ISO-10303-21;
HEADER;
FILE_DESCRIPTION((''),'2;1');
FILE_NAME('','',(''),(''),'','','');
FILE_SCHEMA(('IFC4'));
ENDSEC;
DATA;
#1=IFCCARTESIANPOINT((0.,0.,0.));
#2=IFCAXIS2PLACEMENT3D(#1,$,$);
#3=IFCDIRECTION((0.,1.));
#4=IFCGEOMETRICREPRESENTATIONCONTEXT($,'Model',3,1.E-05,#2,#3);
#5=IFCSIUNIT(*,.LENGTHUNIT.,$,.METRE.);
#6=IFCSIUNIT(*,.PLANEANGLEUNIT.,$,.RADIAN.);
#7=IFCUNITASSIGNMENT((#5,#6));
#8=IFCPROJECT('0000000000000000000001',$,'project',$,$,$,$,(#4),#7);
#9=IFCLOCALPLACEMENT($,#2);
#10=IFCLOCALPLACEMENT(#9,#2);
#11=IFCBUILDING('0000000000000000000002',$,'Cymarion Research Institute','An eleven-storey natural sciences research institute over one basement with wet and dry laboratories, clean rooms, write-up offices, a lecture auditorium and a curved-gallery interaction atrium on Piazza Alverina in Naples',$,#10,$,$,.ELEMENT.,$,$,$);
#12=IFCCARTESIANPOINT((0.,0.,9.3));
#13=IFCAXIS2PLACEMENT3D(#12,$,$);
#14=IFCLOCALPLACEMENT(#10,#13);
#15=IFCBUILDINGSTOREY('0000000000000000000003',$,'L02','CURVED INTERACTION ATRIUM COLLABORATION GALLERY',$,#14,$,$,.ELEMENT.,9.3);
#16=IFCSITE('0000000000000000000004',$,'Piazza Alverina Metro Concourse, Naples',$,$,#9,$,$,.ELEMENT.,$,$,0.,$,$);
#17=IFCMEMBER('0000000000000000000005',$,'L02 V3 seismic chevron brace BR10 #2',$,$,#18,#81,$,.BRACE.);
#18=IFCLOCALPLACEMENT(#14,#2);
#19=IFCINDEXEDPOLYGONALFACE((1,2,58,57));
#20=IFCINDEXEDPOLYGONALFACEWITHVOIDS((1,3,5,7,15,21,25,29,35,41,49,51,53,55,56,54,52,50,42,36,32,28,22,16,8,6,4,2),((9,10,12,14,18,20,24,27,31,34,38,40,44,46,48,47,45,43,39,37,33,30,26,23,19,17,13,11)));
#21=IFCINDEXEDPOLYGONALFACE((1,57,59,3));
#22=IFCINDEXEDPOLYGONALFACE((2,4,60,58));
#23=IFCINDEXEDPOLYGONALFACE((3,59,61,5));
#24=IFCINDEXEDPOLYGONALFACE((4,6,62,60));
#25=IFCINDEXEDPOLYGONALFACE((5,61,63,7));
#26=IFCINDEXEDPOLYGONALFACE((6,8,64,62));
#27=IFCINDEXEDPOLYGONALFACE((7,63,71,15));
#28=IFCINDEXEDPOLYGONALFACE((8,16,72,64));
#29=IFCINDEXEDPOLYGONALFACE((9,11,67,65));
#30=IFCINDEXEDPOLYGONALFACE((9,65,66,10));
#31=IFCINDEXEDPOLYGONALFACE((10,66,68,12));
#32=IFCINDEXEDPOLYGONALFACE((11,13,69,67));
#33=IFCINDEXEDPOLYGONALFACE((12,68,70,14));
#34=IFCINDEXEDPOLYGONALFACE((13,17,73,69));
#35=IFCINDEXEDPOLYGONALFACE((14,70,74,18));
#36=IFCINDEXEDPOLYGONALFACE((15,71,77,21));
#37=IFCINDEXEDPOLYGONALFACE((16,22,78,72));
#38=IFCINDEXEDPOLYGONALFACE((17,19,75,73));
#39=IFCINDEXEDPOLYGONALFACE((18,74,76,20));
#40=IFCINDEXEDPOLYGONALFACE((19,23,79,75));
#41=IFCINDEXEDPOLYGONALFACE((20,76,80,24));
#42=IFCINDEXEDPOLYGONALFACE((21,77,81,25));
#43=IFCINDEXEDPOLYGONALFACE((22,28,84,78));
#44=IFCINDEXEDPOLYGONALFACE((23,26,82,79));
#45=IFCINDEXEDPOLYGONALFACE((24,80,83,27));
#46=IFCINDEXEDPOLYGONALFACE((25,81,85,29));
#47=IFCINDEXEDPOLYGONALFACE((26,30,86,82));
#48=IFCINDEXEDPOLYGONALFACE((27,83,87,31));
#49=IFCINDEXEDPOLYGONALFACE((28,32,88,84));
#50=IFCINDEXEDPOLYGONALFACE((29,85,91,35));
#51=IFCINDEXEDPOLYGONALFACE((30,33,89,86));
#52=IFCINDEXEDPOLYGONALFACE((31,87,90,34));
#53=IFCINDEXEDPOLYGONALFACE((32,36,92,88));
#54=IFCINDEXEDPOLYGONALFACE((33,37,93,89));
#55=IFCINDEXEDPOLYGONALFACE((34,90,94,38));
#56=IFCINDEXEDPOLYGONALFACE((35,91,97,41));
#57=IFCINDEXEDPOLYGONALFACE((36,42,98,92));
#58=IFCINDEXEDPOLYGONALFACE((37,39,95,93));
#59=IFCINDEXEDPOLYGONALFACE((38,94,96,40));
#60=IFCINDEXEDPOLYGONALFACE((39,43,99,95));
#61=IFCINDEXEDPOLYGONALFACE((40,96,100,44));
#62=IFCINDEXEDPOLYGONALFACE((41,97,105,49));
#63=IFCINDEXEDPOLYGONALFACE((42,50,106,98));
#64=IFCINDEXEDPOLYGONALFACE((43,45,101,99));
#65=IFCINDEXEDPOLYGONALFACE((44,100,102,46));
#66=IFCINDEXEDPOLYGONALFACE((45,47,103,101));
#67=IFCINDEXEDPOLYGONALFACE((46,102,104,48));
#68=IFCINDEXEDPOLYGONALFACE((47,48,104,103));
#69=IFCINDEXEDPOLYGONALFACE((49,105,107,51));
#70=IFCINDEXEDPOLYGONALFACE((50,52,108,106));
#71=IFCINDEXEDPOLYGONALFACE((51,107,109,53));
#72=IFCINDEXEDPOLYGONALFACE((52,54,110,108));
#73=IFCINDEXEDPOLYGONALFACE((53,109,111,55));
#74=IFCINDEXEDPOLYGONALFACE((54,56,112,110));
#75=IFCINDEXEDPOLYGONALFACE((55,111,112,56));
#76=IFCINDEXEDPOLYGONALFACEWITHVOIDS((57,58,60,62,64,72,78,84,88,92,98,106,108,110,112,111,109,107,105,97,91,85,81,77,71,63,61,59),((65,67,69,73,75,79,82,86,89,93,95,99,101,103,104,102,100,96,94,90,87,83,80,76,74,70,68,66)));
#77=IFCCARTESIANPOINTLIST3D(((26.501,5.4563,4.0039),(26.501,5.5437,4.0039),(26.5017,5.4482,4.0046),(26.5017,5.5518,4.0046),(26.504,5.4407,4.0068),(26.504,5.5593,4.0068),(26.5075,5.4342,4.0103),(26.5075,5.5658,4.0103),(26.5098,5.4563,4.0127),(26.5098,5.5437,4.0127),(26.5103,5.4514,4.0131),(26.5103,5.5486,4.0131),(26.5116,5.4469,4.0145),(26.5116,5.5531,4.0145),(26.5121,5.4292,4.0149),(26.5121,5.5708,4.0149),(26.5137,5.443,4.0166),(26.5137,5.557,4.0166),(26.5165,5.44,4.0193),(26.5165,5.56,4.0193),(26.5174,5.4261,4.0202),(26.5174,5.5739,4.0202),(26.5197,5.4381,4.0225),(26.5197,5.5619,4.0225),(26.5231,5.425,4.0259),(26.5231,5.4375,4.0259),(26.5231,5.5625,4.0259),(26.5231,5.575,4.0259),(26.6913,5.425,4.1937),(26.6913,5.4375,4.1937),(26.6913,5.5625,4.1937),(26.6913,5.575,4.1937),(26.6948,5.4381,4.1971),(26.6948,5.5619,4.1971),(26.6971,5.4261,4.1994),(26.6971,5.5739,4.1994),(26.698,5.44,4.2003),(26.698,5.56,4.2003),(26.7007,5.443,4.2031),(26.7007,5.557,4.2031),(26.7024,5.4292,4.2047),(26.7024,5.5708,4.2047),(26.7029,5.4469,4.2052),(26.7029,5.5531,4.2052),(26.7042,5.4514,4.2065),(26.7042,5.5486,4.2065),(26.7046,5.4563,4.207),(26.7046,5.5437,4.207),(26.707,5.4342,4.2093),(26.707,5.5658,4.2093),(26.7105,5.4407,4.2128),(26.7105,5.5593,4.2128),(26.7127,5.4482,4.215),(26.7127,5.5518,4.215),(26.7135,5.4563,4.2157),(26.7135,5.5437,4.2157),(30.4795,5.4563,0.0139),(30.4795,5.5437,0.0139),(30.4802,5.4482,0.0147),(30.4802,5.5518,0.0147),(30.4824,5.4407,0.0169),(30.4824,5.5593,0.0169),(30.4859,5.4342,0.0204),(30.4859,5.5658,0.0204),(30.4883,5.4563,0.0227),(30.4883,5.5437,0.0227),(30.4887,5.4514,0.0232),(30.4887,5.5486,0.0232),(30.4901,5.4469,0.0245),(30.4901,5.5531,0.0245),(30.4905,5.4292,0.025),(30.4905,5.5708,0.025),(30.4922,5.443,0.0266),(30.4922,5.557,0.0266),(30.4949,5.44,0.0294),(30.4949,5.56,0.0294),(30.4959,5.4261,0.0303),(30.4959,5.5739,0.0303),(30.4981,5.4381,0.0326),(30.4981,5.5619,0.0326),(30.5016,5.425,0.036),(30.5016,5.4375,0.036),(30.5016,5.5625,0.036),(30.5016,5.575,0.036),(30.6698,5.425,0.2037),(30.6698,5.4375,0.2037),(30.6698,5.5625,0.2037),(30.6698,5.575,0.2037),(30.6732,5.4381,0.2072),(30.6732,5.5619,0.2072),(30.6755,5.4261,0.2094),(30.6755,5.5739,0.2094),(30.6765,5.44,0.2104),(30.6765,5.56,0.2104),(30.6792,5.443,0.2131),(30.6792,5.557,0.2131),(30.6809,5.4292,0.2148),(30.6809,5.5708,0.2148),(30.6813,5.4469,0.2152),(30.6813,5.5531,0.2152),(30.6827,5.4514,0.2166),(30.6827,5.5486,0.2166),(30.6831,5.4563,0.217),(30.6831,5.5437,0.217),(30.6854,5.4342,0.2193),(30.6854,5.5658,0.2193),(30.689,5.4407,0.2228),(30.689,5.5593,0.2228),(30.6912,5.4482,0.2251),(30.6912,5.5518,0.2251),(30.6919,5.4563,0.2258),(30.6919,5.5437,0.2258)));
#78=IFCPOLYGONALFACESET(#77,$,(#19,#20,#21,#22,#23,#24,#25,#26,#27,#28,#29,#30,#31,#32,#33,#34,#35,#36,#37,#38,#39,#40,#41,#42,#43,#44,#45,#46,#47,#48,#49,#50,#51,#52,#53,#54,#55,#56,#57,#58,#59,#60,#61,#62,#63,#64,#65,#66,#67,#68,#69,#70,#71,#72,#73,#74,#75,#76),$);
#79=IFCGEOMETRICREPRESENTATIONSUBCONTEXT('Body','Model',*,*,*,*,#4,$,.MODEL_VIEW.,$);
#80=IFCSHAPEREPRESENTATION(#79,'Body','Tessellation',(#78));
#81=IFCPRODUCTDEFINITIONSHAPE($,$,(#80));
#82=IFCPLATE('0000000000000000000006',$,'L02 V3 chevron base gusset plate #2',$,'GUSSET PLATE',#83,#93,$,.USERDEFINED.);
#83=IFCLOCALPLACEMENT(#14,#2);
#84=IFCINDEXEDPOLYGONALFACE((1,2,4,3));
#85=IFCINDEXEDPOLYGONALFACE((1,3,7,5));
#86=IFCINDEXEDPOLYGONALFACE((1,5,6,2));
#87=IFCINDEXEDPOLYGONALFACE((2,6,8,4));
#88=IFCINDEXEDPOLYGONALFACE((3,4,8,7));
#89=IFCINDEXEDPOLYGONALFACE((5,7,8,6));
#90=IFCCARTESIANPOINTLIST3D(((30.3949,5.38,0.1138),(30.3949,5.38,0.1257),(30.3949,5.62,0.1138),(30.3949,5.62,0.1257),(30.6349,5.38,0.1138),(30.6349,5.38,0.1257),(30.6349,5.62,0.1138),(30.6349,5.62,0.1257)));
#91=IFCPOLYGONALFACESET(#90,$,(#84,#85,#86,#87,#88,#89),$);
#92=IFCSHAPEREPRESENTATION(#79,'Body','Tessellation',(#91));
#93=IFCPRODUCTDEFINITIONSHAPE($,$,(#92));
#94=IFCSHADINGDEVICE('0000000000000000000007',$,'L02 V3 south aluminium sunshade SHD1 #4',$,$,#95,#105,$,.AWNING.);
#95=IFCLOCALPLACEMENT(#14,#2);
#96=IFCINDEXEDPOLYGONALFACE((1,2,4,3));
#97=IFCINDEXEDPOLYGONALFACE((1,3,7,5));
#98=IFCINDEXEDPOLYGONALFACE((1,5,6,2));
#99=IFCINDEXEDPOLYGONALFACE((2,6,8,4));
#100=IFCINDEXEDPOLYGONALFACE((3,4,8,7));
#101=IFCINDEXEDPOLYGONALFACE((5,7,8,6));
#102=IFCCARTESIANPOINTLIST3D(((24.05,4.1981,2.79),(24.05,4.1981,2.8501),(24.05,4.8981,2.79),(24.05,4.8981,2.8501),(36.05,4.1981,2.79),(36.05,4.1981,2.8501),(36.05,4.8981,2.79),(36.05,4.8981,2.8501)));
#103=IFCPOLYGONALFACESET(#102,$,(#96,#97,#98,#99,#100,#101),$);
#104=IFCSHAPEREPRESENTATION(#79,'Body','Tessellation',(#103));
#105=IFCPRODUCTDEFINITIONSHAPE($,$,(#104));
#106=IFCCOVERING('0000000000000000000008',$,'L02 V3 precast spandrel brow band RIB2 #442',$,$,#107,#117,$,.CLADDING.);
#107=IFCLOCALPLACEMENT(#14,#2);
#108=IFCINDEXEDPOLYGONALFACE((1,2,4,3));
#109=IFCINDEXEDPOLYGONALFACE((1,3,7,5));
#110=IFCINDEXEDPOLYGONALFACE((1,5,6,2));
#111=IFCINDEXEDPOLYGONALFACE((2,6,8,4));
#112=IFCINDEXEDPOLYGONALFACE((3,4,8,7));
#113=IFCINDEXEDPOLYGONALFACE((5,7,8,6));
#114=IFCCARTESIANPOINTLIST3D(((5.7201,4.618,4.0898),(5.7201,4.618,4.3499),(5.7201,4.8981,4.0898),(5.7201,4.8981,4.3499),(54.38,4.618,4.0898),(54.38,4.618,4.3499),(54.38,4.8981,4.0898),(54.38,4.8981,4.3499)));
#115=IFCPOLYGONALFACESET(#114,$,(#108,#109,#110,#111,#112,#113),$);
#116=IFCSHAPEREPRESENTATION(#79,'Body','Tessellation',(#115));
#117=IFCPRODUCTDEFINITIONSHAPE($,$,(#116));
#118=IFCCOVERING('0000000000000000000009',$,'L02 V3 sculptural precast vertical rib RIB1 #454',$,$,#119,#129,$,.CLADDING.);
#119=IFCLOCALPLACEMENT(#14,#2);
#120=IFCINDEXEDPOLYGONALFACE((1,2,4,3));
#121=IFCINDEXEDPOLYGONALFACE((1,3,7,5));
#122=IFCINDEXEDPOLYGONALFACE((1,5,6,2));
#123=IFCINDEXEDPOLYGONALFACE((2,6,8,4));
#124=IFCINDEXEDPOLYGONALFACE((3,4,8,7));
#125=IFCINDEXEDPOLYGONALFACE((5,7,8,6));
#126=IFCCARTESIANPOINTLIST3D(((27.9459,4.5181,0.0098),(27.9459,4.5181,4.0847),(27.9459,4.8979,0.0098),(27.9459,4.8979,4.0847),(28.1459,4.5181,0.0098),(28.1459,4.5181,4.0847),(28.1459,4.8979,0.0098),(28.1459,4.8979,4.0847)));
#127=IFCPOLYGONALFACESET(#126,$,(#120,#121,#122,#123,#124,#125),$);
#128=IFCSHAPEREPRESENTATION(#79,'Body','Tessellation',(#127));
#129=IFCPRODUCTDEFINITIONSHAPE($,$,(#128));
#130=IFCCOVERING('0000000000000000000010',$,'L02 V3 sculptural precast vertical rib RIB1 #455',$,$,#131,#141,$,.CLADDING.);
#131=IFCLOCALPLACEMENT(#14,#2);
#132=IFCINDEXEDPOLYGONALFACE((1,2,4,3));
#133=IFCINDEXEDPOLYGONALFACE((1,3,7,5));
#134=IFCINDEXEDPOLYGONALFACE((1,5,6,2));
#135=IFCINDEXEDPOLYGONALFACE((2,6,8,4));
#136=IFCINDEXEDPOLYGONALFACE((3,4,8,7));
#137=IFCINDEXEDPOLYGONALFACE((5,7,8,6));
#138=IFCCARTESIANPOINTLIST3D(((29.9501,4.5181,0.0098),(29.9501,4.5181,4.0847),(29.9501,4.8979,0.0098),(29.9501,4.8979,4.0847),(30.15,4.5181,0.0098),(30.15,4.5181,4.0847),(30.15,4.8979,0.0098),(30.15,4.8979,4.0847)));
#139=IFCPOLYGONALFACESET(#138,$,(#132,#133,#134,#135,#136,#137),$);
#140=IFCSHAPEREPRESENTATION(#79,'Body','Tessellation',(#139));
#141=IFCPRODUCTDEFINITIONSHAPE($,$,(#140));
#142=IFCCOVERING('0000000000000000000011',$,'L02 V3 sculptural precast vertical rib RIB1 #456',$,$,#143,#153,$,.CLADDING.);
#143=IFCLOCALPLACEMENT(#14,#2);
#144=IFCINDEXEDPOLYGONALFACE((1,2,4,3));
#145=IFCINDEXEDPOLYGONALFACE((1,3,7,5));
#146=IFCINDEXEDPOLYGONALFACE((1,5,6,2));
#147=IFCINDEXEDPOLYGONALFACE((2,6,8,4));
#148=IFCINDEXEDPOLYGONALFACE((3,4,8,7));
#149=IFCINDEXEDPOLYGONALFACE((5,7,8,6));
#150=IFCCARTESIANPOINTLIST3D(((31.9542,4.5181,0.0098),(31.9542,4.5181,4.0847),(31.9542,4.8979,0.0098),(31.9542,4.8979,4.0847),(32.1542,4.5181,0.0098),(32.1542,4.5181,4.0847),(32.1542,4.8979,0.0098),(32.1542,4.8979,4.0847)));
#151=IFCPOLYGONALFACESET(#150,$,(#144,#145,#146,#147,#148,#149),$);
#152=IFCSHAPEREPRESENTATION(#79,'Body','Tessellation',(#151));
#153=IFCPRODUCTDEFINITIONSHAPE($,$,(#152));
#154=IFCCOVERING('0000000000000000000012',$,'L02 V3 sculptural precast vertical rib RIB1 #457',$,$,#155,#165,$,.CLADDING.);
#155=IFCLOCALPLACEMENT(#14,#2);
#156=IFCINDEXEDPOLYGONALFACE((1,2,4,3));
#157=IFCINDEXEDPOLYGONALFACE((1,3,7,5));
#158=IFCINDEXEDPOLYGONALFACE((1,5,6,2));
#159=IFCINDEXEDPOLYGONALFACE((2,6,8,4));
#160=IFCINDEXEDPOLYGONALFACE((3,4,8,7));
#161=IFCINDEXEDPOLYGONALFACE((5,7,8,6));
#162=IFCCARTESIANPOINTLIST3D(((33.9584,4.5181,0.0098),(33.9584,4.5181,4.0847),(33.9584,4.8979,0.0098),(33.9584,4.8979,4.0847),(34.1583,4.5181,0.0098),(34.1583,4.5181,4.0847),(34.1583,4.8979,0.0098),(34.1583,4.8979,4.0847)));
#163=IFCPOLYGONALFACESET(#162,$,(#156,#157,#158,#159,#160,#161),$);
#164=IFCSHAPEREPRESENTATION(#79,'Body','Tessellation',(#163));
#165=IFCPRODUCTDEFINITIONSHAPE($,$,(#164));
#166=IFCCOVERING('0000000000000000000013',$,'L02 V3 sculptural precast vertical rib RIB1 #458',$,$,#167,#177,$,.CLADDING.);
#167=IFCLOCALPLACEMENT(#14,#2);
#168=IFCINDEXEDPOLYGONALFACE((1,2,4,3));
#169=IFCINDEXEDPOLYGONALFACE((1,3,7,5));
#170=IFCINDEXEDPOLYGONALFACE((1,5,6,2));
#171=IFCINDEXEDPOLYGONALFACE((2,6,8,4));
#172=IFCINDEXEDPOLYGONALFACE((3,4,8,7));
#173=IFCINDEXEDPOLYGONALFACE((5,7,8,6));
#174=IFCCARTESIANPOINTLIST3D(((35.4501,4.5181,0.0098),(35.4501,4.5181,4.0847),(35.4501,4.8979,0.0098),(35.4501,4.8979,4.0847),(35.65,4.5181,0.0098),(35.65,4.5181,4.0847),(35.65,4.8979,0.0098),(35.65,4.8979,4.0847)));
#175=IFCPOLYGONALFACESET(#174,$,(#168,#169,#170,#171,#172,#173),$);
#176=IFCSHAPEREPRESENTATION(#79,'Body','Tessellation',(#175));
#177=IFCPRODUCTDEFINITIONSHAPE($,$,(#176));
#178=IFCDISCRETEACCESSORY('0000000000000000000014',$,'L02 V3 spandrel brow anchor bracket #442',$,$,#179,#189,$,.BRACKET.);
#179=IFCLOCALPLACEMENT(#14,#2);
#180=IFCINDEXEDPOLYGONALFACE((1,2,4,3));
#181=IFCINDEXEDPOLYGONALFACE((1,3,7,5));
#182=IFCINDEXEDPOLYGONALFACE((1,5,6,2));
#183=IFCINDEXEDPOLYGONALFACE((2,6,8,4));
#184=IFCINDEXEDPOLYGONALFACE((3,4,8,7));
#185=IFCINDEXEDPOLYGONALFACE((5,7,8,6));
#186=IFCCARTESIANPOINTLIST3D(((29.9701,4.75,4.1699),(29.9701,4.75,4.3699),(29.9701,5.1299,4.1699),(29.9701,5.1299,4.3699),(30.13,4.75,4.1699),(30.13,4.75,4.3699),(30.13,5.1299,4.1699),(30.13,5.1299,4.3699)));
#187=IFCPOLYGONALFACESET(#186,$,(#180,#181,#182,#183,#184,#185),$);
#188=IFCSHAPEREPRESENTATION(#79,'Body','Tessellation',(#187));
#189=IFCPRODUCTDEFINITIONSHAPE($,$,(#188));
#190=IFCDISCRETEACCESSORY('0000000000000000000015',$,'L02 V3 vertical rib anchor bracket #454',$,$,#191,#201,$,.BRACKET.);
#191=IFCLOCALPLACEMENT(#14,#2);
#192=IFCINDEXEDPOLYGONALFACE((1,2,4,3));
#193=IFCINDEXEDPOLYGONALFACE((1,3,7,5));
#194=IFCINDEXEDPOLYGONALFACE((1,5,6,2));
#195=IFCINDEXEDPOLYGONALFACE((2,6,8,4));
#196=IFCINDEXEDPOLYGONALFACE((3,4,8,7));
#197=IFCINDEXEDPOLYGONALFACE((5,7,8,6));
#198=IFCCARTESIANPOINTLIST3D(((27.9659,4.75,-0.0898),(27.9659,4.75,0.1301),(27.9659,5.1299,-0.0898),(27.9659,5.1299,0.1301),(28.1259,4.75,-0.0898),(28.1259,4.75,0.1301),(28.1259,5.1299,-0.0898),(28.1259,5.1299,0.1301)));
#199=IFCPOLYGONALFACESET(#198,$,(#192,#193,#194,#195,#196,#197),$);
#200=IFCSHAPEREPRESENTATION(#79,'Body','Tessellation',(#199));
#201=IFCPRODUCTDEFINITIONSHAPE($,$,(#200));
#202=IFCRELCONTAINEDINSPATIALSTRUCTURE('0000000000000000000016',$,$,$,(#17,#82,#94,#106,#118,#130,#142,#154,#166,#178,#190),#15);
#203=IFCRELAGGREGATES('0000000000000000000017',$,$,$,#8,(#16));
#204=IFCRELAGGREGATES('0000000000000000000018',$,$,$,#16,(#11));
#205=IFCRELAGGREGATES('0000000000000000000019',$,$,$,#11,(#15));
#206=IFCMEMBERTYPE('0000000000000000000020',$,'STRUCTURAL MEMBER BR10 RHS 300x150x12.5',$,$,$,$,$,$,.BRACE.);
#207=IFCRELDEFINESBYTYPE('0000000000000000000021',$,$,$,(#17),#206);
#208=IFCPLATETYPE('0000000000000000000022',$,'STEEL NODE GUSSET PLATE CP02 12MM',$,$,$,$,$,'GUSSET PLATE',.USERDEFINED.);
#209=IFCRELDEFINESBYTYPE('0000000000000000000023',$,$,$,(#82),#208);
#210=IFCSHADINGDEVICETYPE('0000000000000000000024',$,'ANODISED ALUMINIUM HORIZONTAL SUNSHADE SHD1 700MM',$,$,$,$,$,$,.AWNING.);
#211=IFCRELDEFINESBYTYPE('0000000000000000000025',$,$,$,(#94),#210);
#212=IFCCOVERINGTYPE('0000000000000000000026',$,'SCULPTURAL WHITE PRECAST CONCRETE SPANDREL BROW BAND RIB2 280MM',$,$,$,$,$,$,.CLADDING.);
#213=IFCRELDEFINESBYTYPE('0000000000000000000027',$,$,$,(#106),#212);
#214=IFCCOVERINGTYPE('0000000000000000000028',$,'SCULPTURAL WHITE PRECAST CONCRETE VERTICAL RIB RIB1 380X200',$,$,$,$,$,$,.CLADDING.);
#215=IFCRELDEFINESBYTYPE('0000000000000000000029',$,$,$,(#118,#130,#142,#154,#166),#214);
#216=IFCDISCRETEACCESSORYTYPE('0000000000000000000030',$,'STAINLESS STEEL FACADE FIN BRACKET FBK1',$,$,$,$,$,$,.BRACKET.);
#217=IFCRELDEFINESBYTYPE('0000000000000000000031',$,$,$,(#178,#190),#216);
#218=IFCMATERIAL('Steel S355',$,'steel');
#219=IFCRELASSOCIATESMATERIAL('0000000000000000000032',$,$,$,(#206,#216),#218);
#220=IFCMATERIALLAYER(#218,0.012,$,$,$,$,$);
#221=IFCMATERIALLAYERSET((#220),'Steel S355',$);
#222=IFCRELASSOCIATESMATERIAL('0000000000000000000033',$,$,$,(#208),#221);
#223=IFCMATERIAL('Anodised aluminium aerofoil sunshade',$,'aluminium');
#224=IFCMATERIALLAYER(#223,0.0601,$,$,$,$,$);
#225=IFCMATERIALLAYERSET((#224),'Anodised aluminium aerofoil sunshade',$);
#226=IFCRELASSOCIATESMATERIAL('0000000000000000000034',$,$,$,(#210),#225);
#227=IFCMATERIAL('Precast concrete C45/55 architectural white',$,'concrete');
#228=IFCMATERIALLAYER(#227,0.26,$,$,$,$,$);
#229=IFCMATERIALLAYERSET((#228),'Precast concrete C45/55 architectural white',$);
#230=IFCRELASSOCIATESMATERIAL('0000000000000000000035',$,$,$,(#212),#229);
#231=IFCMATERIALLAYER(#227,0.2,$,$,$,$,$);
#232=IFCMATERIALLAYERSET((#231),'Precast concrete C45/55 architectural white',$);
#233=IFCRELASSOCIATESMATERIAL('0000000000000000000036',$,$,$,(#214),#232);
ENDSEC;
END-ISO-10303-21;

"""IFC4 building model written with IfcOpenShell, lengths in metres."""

from ifc_helpers import new_model, si_unit, direction, frame, origin, origin_2d, place, context, subcontext, project, spatial, rectangle, hollow_rectangle, extrude, material, layer, layer_set, material_profile, profile_set, type_object, element, save


model = new_model("IFC4")

# Units and contexts
model_context = context("Model", 3, precision=1e-05, world=origin(), true_north=direction((0.0, 1.0)))
body_context = subcontext(model_context, "Body", "Model", "MODEL_VIEW")
ifc_project = project(units=[si_unit("LENGTHUNIT", "METRE"), si_unit("PLANEANGLEUNIT", "RADIAN")], contexts=[model_context])

# Site, building, storey
site_placement = place(None, origin())
site = spatial("IfcSite", under=ifc_project, at=site_placement, Name="Piazza Alverina Metro Concourse, Naples", CompositionType="ELEMENT", RefElevation=0.0)
building_placement = place(site_placement, origin())
building = spatial("IfcBuilding", under=site, at=building_placement, Name="Cymarion Research Institute", Description="An eleven-storey natural sciences research institute over one basement with wet and dry laboratories, clean rooms, write-up offices, a lecture auditorium and a curved-gallery interaction atrium on Piazza Alverina in Naples", CompositionType="ELEMENT")
storey_placement = place(building_placement, frame((0.0, 0.0, 9.3)))
storey = spatial("IfcBuildingStorey", under=building, at=storey_placement, Name="L02", Description="CURVED INTERACTION ATRIUM COLLABORATION GALLERY", CompositionType="ELEMENT", Elevation=9.3)

# Shared definitions
ifc_material_1 = material(Name="Steel S355", Category="steel")

# Member
ifc_material_profile_1 = material_profile(ifc_material_1, hollow_rectangle(XDim=0.1499, YDim=0.3, WallThickness=0.0125, InnerFilletRadius=0.0188, OuterFilletRadius=0.0312, at=origin_2d()), Name="RHS 300x150x12.5")
ifc_profile_set_1 = profile_set([ifc_material_profile_1], Name="Steel S355")
member_type = type_object("IfcMemberType", Name="STRUCTURAL MEMBER BR10 RHS 300x150x12.5", PredefinedType="BRACE", material=ifc_profile_set_1)
member_placement = place(storey_placement, frame((30.5857, 5.5, 0.1199), z_axis=(-0.706088, 0.0, 0.708124), x_axis=(0.0, -1.0, 0.0)))
element("IfcMember", 1, at=member_placement, inside=storey, type_object=member_type, Name="L02 V3 seismic chevron brace BR10 #2", PredefinedType="BRACE", context=body_context, shape_type="SweptSolid", body=[
    extrude(hollow_rectangle(XDim=0.1499, YDim=0.3, WallThickness=0.0125, InnerFilletRadius=0.0188, OuterFilletRadius=0.0312, at=origin_2d()), origin(), (0.0, 0.0, 1.0), 5.6345),
])

# Plate
ifc_layer_1 = layer(ifc_material_1, 0.012)
ifc_layer_set_1 = layer_set([ifc_layer_1], Name="Steel S355")
plate_type = type_object("IfcPlateType", Name="STEEL NODE GUSSET PLATE CP02 12MM", ElementType="GUSSET PLATE", PredefinedType="USERDEFINED", material=ifc_layer_set_1)
plate_placement = place(storey_placement, frame((30.5149, 5.5, 0.1138), z_axis=(0.0, 0.0, 1.0), x_axis=(1.0, 0.0, 0.0)))
element("IfcPlate", 2, at=plate_placement, inside=storey, type_object=plate_type, Name="L02 V3 chevron base gusset plate #2", ObjectType="GUSSET PLATE", PredefinedType="USERDEFINED", context=body_context, shape_type="SweptSolid", body=[
    extrude(rectangle(XDim=0.24, YDim=0.24, at=origin_2d()), origin(), (0.0, 0.0, 1.0), 0.012),
])

# Shading device
ifc_material_2 = material(Name="Anodised aluminium aerofoil sunshade", Category="aluminium")
ifc_layer_2 = layer(ifc_material_2, 0.0601)
ifc_layer_set_2 = layer_set([ifc_layer_2], Name="Anodised aluminium aerofoil sunshade")
shading_device_type = type_object("IfcShadingDeviceType", Name="ANODISED ALUMINIUM HORIZONTAL SUNSHADE SHD1 700MM", PredefinedType="AWNING", material=ifc_layer_set_2)
shading_device_placement = place(storey_placement, frame((30.05, 4.5481, 2.79), z_axis=(0.0, 0.0, 1.0), x_axis=(0.0, -1.0, 0.0)))
element("IfcShadingDevice", 3, at=shading_device_placement, inside=storey, type_object=shading_device_type, Name="L02 V3 south aluminium sunshade SHD1 #4", PredefinedType="AWNING", context=body_context, shape_type="SweptSolid", body=[
    extrude(rectangle(XDim=0.7, YDim=12.0, at=origin_2d()), origin(), (0.0, 0.0, 1.0), 0.0601),
])

# Coverings
ifc_material_3 = material(Name="Precast concrete C45/55 architectural white", Category="concrete")
ifc_layer_3 = layer(ifc_material_3, 0.26)
ifc_layer_set_3 = layer_set([ifc_layer_3], Name="Precast concrete C45/55 architectural white")
covering_type_1 = type_object("IfcCoveringType", Name="SCULPTURAL WHITE PRECAST CONCRETE SPANDREL BROW BAND RIB2 280MM", PredefinedType="CLADDING", material=ifc_layer_set_3)
covering_placement = place(storey_placement, frame((30.05, 4.7581, 4.0898), z_axis=(0.0, 0.0, 1.0), x_axis=(0.0, -1.0, 0.0)))
element("IfcCovering", 4, at=covering_placement, inside=storey, type_object=covering_type_1, Name="L02 V3 precast spandrel brow band RIB2 #442", PredefinedType="CLADDING", context=body_context, shape_type="SweptSolid", body=[
    extrude(rectangle(XDim=0.28, YDim=48.6599, at=origin_2d()), origin(), (0.0, 0.0, 1.0), 0.26),
])
ifc_layer_4 = layer(ifc_material_3, 0.2)
ifc_layer_set_4 = layer_set([ifc_layer_4], Name="Precast concrete C45/55 architectural white")
covering_type_2 = type_object("IfcCoveringType", Name="SCULPTURAL WHITE PRECAST CONCRETE VERTICAL RIB RIB1 380X200", PredefinedType="CLADDING", material=ifc_layer_set_4)
for number, where, z_axis, x_axis, name in (
    (5, (28.0459, 4.708, 0.0098), (0.0, 0.0, 1.0), (0.0, -1.0, 0.0), "L02 V3 sculptural precast vertical rib RIB1 #454"),
    (6, (30.05, 4.708, 0.0098), (0.0, 0.0, 1.0), (0.0, -1.0, 0.0), "L02 V3 sculptural precast vertical rib RIB1 #455"),
    (7, (32.0542, 4.708, 0.0098), (0.0, 0.0, 1.0), (0.0, -1.0, 0.0), "L02 V3 sculptural precast vertical rib RIB1 #456"),
    (8, (34.0583, 4.708, 0.0098), (0.0, 0.0, 1.0), (0.0, -1.0, 0.0), "L02 V3 sculptural precast vertical rib RIB1 #457"),
    (9, (35.55, 4.708, 0.0098), (0.0, 0.0, 1.0), (0.0, -1.0, 0.0), "L02 V3 sculptural precast vertical rib RIB1 #458"),
):
    element("IfcCovering", number, at=place(storey_placement, frame(where, z_axis=z_axis, x_axis=x_axis)), inside=storey, type_object=covering_type_2, Name=name, PredefinedType="CLADDING", context=body_context, shape_type="SweptSolid", body=[
        extrude(rectangle(XDim=0.3799, YDim=0.2, at=origin_2d()), origin(), (0.0, 0.0, 1.0), 4.075),
    ])

# Discrete accessories
discrete_accessory_type = type_object("IfcDiscreteAccessoryType", Name="STAINLESS STEEL FACADE FIN BRACKET FBK1", PredefinedType="BRACKET", material=ifc_material_1)
discrete_accessory_1_placement = place(storey_placement, frame((30.05, 4.9399, 4.1699), z_axis=(0.0, 0.0, 1.0), x_axis=(0.0, -1.0, 0.0)))
element("IfcDiscreteAccessory", 10, at=discrete_accessory_1_placement, inside=storey, type_object=discrete_accessory_type, Name="L02 V3 spandrel brow anchor bracket #442", PredefinedType="BRACKET", context=body_context, shape_type="SweptSolid", body=[
    extrude(rectangle(XDim=0.3799, YDim=0.1599, at=origin_2d()), origin(), (0.0, 0.0, 1.0), 0.2),
])
for number, where, z_axis, x_axis, name in (
    (11, (28.0459, 4.9399, -0.0898), (0.0, 0.0, 1.0), (0.0, -1.0, 0.0), "L02 V3 vertical rib anchor bracket #454"),
):
    element("IfcDiscreteAccessory", number, at=place(storey_placement, frame(where, z_axis=z_axis, x_axis=x_axis)), inside=storey, type_object=discrete_accessory_type, Name=name, PredefinedType="BRACKET", context=body_context, shape_type="SweptSolid", body=[
        extrude(rectangle(XDim=0.3799, YDim=0.1599, at=origin_2d()), origin(), (0.0, 0.0, 1.0), 0.22),
    ])

save(model, "model.ifc")
